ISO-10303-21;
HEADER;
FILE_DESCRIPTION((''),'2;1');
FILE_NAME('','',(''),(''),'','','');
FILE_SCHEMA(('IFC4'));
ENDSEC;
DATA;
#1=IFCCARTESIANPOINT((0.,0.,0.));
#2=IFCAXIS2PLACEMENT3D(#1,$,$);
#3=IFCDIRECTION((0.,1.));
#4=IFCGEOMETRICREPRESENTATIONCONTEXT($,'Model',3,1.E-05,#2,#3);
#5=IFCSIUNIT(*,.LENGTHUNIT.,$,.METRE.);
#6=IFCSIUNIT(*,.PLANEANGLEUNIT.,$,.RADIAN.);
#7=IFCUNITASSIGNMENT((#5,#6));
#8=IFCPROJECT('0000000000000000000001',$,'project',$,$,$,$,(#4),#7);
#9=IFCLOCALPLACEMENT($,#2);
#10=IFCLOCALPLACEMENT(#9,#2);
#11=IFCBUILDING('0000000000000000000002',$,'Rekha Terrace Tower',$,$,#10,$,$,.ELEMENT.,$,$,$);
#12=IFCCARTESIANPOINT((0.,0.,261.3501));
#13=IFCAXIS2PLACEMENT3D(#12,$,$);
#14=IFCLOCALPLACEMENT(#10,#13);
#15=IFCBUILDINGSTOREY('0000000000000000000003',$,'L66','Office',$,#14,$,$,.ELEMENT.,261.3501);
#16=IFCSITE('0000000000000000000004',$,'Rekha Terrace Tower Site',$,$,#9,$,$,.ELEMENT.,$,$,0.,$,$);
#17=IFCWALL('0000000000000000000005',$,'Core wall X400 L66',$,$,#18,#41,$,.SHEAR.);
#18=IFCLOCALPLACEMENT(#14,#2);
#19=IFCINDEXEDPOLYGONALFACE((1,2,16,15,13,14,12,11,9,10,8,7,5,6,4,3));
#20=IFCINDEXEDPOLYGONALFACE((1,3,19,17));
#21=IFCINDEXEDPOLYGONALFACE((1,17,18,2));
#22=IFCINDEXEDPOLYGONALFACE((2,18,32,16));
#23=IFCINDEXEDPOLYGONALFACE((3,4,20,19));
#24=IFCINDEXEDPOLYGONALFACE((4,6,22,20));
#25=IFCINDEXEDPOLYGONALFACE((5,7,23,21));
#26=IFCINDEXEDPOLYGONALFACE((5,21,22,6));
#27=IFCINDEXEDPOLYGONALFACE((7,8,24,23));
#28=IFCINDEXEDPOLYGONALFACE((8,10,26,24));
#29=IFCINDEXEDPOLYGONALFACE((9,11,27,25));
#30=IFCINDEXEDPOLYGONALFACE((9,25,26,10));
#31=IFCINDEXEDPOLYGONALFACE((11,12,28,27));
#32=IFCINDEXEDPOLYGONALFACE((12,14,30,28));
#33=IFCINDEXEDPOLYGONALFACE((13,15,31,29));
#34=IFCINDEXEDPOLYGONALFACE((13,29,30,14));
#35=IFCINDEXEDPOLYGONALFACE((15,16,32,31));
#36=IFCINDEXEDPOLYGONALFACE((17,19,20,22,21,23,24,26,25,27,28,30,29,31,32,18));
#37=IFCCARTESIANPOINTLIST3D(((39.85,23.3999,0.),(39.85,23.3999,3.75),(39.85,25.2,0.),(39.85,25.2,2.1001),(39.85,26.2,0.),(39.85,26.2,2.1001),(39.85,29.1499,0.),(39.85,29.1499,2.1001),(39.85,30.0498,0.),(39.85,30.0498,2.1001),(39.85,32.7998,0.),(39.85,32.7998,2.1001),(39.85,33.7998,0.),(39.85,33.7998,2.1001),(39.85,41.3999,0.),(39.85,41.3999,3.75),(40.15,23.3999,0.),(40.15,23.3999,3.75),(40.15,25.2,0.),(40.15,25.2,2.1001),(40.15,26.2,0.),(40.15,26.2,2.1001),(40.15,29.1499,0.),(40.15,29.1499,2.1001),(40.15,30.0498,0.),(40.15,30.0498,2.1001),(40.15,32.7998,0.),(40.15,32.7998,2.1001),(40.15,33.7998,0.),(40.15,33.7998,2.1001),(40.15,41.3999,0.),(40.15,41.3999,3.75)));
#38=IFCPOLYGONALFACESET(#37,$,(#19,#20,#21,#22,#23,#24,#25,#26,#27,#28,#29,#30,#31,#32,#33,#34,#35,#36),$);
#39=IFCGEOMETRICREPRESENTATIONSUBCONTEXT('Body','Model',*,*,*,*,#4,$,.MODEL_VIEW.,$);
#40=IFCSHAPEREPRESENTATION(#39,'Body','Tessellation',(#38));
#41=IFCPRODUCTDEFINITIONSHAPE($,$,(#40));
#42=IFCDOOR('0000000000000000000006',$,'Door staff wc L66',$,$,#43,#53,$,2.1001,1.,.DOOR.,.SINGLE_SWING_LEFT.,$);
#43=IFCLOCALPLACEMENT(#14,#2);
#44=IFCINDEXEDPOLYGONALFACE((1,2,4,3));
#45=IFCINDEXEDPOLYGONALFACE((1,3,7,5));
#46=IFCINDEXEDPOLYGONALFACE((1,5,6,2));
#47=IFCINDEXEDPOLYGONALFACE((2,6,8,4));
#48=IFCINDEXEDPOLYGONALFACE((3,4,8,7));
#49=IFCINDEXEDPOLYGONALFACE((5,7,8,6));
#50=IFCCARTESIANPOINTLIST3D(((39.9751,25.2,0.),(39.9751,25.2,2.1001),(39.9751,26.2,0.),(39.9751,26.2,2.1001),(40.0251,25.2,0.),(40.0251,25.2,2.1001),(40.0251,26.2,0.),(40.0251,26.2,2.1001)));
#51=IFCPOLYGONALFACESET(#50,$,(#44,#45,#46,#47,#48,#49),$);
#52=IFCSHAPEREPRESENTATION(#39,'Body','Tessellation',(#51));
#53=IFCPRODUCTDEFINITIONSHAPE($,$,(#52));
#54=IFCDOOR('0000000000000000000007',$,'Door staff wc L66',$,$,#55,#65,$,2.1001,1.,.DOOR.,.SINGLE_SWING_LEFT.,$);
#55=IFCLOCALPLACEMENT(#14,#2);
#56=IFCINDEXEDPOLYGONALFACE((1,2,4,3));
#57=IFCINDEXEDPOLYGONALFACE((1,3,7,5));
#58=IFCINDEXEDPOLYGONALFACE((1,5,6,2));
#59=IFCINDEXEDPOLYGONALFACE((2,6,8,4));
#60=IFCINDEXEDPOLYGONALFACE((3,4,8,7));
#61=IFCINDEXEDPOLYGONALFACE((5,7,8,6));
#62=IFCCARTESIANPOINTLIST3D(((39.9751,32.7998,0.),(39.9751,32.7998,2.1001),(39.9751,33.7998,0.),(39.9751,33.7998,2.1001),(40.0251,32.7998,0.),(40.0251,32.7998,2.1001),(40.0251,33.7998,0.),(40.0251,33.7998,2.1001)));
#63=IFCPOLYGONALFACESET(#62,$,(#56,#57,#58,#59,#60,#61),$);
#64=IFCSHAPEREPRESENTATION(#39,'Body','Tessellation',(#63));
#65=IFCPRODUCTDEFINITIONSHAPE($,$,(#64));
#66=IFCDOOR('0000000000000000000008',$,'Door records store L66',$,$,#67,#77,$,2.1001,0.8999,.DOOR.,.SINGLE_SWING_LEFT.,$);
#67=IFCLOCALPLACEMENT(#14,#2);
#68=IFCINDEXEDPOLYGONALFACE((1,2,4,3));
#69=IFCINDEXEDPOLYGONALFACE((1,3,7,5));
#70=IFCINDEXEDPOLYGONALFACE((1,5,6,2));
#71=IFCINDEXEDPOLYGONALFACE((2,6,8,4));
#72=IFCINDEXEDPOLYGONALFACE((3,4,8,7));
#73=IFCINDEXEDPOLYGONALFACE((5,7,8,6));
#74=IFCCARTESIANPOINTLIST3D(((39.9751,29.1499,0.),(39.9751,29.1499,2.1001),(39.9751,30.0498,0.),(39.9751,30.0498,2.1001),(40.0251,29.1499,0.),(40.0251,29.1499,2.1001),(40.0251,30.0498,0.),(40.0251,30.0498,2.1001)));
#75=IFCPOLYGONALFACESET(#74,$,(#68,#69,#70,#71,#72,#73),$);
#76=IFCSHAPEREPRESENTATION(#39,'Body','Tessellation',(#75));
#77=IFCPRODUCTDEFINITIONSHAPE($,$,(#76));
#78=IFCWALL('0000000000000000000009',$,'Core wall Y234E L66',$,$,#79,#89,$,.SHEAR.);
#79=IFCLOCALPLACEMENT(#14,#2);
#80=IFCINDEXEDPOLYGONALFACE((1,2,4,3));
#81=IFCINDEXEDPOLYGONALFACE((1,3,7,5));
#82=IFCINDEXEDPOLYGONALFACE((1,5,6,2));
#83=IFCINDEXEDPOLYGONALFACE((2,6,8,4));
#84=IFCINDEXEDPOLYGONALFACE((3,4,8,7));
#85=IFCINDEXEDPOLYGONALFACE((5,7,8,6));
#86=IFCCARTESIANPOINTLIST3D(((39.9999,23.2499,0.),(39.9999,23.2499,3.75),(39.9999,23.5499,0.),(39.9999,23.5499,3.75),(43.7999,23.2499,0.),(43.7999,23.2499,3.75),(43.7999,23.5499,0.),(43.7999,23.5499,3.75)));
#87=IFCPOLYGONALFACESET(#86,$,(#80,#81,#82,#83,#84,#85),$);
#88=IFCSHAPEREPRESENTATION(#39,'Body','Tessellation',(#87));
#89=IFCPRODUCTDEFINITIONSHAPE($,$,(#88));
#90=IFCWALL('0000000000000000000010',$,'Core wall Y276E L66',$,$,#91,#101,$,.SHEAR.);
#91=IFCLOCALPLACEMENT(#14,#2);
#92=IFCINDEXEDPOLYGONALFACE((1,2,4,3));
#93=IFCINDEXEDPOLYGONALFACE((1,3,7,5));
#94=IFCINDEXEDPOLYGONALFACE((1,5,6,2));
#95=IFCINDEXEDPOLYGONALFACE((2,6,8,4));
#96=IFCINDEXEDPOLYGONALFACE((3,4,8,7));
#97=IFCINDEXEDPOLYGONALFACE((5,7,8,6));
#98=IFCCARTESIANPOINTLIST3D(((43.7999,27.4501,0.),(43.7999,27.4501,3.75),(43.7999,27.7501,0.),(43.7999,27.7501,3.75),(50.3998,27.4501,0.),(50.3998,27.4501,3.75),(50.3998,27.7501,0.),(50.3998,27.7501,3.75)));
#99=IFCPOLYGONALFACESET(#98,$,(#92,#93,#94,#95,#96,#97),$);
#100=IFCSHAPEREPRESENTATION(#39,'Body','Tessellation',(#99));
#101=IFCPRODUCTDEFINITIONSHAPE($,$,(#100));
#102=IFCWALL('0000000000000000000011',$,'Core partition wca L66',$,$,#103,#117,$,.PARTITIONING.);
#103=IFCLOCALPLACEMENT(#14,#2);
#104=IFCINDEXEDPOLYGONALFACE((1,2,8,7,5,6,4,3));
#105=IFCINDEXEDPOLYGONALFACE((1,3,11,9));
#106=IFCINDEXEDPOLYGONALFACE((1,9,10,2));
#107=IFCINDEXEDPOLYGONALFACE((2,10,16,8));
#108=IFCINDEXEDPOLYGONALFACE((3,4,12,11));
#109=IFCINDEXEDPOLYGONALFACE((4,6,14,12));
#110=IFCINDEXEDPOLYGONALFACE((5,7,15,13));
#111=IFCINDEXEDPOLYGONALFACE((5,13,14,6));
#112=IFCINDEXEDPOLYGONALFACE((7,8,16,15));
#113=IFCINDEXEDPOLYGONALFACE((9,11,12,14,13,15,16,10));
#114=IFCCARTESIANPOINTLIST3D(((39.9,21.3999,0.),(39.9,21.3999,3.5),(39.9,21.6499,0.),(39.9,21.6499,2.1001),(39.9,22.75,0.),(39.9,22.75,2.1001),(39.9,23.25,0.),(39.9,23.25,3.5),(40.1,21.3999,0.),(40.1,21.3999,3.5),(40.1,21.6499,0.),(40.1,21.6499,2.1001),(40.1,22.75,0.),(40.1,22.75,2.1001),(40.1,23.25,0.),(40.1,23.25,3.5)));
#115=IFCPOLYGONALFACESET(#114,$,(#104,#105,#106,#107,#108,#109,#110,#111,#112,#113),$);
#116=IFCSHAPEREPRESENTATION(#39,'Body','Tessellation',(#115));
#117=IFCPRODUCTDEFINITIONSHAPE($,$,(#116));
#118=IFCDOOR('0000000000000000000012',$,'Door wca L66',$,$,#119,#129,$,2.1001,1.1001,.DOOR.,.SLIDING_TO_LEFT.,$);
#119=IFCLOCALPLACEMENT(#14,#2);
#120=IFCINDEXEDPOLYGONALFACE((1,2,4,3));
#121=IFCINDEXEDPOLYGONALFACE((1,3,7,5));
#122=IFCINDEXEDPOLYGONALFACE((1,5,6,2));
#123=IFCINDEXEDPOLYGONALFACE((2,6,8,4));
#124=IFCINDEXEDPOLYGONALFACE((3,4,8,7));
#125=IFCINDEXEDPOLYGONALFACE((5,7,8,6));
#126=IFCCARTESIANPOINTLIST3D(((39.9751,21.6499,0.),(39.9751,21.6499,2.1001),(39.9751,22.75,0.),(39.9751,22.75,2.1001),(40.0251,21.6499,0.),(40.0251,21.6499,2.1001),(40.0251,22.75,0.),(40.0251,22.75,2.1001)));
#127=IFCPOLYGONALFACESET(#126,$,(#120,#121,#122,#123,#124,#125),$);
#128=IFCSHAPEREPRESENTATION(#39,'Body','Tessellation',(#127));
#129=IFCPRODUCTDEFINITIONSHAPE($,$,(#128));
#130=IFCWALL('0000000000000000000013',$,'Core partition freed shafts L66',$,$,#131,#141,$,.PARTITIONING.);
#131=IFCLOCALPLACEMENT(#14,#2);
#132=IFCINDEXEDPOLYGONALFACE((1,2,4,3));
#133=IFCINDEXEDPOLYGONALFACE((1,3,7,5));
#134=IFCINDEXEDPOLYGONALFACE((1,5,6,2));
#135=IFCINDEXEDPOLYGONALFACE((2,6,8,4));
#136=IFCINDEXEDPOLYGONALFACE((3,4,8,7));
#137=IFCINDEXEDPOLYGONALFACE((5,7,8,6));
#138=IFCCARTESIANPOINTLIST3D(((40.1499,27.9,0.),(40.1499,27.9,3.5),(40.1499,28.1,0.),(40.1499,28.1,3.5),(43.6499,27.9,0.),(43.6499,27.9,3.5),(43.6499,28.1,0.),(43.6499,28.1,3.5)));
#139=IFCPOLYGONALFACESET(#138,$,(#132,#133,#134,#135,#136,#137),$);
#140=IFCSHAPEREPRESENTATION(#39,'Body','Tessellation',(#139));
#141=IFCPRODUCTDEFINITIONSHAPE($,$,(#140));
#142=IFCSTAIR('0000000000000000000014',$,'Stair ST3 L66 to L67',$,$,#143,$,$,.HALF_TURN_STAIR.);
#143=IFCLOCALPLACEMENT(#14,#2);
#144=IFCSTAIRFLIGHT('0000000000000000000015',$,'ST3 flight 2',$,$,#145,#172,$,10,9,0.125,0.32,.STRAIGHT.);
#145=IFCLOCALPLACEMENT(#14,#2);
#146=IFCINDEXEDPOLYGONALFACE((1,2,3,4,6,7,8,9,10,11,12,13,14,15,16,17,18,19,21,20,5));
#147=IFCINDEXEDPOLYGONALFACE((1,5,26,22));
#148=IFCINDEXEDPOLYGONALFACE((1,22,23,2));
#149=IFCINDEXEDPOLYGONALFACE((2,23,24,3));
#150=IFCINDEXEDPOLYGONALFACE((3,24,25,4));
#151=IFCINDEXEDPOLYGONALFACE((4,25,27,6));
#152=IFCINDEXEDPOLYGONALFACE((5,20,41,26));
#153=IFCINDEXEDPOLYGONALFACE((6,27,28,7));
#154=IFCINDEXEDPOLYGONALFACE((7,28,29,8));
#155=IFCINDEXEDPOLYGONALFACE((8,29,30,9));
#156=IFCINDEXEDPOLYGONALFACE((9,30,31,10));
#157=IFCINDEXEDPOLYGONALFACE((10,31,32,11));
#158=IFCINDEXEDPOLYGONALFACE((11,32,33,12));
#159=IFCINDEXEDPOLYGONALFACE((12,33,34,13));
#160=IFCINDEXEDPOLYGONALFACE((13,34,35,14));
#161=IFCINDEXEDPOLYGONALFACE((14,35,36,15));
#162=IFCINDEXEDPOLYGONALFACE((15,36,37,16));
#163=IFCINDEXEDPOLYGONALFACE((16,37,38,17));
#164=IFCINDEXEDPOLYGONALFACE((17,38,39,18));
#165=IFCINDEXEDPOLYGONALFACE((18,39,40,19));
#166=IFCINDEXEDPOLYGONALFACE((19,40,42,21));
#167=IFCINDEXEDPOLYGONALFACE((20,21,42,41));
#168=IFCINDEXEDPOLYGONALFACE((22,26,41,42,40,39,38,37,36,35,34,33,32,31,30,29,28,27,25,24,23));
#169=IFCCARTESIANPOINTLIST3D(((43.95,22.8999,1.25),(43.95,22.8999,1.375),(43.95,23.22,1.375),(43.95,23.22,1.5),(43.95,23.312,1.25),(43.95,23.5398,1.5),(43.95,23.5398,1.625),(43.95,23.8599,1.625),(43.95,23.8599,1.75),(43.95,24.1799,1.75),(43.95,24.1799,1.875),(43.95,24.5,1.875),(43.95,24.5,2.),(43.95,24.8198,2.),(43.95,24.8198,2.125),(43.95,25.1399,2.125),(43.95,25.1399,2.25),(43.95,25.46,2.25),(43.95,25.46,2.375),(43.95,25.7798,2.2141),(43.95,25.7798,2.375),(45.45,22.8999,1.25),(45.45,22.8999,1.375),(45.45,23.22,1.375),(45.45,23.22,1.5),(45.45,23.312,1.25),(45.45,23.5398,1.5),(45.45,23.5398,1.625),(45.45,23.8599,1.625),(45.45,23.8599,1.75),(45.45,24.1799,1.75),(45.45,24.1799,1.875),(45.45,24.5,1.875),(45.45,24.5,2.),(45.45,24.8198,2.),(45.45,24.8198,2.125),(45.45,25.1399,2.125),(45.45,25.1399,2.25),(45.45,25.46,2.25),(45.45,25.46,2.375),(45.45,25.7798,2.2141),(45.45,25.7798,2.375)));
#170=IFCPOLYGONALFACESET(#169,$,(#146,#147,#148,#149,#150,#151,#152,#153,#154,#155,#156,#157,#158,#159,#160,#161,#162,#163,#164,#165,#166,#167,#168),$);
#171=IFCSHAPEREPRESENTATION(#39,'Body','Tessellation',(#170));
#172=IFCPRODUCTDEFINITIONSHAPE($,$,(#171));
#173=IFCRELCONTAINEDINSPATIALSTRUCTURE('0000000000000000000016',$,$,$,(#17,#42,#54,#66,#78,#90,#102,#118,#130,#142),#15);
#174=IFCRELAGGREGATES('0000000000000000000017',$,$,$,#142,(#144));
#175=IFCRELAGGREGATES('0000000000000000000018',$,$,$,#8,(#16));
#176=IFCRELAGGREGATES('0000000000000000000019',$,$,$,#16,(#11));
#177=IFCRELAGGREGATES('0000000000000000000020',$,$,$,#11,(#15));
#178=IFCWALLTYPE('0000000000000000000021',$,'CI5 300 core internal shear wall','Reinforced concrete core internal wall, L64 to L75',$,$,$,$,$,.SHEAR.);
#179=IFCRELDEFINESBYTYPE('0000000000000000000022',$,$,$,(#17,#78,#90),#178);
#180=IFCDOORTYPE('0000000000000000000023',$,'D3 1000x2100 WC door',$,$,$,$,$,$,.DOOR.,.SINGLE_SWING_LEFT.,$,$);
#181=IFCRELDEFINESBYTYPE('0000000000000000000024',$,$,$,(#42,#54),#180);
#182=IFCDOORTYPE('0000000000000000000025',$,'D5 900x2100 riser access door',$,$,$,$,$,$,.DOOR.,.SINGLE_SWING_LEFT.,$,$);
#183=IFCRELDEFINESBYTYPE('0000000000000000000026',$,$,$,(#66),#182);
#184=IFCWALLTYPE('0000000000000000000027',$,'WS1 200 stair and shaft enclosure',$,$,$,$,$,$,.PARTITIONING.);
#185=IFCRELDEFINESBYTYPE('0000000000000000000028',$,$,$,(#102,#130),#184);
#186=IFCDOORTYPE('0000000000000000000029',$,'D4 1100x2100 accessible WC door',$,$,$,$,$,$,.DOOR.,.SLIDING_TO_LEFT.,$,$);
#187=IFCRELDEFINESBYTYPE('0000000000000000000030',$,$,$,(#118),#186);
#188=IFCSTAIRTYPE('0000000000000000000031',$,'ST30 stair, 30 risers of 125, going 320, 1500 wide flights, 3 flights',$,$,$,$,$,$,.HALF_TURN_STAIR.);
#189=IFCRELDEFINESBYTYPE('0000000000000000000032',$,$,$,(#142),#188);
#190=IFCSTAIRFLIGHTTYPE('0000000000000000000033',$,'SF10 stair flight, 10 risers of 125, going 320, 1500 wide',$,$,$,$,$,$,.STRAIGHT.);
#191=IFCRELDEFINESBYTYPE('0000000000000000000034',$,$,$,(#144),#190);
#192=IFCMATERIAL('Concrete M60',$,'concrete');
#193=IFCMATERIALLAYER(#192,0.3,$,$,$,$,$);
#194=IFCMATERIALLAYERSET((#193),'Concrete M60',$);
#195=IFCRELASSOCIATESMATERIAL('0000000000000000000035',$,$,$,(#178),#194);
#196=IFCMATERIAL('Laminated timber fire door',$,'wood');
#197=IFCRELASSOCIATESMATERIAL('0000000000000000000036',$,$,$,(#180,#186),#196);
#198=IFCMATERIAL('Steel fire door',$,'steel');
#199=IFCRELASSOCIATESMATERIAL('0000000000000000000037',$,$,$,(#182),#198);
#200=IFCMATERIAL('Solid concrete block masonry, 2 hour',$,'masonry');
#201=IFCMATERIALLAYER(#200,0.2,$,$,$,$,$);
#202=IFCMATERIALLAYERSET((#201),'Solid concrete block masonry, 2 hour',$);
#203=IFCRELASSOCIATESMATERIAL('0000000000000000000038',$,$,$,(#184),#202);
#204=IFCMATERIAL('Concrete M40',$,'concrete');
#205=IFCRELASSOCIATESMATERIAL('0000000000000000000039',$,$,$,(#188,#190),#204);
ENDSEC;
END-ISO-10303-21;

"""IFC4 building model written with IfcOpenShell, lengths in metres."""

from ifc_helpers import new_model, si_unit, direction, frame, frame_2d, origin, place, context, subcontext, project, spatial, polyline, rectangle, outline, extrude, material, layer, layer_set, type_object, element, fill, aggregate, save


model = new_model("IFC4")

# Units and contexts
model_context = context("Model", 3, precision=1e-05, world=origin(), true_north=direction((0.0, 1.0)))
body_context = subcontext(model_context, "Body", "Model", "MODEL_VIEW")
ifc_project = project(units=[si_unit("LENGTHUNIT", "METRE"), si_unit("PLANEANGLEUNIT", "RADIAN")], contexts=[model_context])

# Site, building, storey
site_placement = place(None, origin())
site = spatial("IfcSite", under=ifc_project, at=site_placement, Name="Rekha Terrace Tower Site", CompositionType="ELEMENT", RefElevation=0.0)
building_placement = place(site_placement, origin())
building = spatial("IfcBuilding", under=site, at=building_placement, Name="Rekha Terrace Tower", CompositionType="ELEMENT")
storey_placement = place(building_placement, frame((0.0, 0.0, 261.3501)))
storey = spatial("IfcBuildingStorey", under=building, at=storey_placement, Name="L66", Description="Office", CompositionType="ELEMENT", Elevation=261.3501)

# Shared definitions
ifc_material_1 = material(Name="Concrete M60", Category="concrete")

# Shared definitions
ifc_layer_1 = layer(ifc_material_1, 0.3)
ifc_layer_set_1 = layer_set([ifc_layer_1], Name="Concrete M60")
wall_type_1 = type_object("IfcWallType", Name="CI5 300 core internal shear wall", Description="Reinforced concrete core internal wall, L64 to L75", PredefinedType="SHEAR", material=ifc_layer_set_1)

# Wall, openings, doors
wall_1_placement = place(storey_placement, frame((40.0, 23.3999, 0.0), z_axis=(0.0, 0.0, 1.0), x_axis=(0.0, 1.0, 0.0)))
wall_1 = element("IfcWall", 1, at=wall_1_placement, inside=storey, type_object=wall_type_1, Name="Core wall X400 L66", PredefinedType="SHEAR", context=body_context, shape_type="SweptSolid", body=[
    extrude(rectangle(XDim=18.0, YDim=0.3, at=frame_2d((9.0, 0.0))), origin(), (0.0, 0.0, 1.0), 3.75),
])
opening_1_placement = place(wall_1_placement, frame((1.8, 0.0, 0.0)))
opening_1 = element("IfcOpeningElement", 2, at=opening_1_placement, cuts=wall_1, PredefinedType="OPENING", context=body_context, shape_type="SweptSolid", body=[
    extrude(rectangle(XDim=1.0, YDim=2.1001, at=frame_2d((0.5, 1.05))), frame((0.0, 0.1599, 0.0), z_axis=(0.0, -1.0, 0.0), x_axis=(1.0, 0.0, 0.0)), (0.0, 0.0, 1.0), 0.3201),
])
opening_2_placement = place(wall_1_placement, frame((5.75, 0.0, 0.0)))
opening_2 = element("IfcOpeningElement", 3, at=opening_2_placement, cuts=wall_1, PredefinedType="OPENING", context=body_context, shape_type="SweptSolid", body=[
    extrude(rectangle(XDim=0.8999, YDim=2.1001, at=frame_2d((0.45, 1.05))), frame((0.0, 0.1599, 0.0), z_axis=(0.0, -1.0, 0.0), x_axis=(1.0, 0.0, 0.0)), (0.0, 0.0, 1.0), 0.3201),
])
opening_3_placement = place(wall_1_placement, frame((9.3999, 0.0, 0.0)))
opening_3 = element("IfcOpeningElement", 4, at=opening_3_placement, cuts=wall_1, PredefinedType="OPENING", context=body_context, shape_type="SweptSolid", body=[
    extrude(rectangle(XDim=1.0, YDim=2.1001, at=frame_2d((0.5, 1.05))), frame((0.0, 0.1599, 0.0), z_axis=(0.0, -1.0, 0.0), x_axis=(1.0, 0.0, 0.0)), (0.0, 0.0, 1.0), 0.3201),
])
ifc_material_2 = material(Name="Laminated timber fire door", Category="wood")
door_type_1 = type_object("IfcDoorType", Name="D3 1000x2100 WC door", OperationType="SINGLE_SWING_LEFT", PredefinedType="DOOR", material=ifc_material_2)
door_1_placement = place(opening_1_placement, origin())
door_1 = element("IfcDoor", 5, at=door_1_placement, inside=storey, type_object=door_type_1, Name="Door staff wc L66", OperationType="SINGLE_SWING_LEFT", OverallHeight=2.1001, OverallWidth=1.0, PredefinedType="DOOR", context=body_context, shape_type="SweptSolid", body=[
    extrude(rectangle(XDim=1.0, YDim=2.1001, at=frame_2d((0.5, 1.05))), frame((0.0, 0.0249, 0.0), z_axis=(0.0, -1.0, 0.0), x_axis=(1.0, 0.0, 0.0)), (0.0, 0.0, 1.0), 0.05),
])
fill(opening_1, door_1)
door_2_placement = place(opening_3_placement, origin())
door_2 = element("IfcDoor", 6, at=door_2_placement, inside=storey, type_object=door_type_1, Name="Door staff wc L66", OperationType="SINGLE_SWING_LEFT", OverallHeight=2.1001, OverallWidth=1.0, PredefinedType="DOOR", context=body_context, shape_type="SweptSolid", body=[
    extrude(rectangle(XDim=1.0, YDim=2.1001, at=frame_2d((0.5, 1.05))), frame((0.0, 0.0249, 0.0), z_axis=(0.0, -1.0, 0.0), x_axis=(1.0, 0.0, 0.0)), (0.0, 0.0, 1.0), 0.05),
])
fill(opening_3, door_2)
ifc_material_3 = material(Name="Steel fire door", Category="steel")
door_type_2 = type_object("IfcDoorType", Name="D5 900x2100 riser access door", OperationType="SINGLE_SWING_LEFT", PredefinedType="DOOR", material=ifc_material_3)
door_3_placement = place(opening_2_placement, origin())
door_3 = element("IfcDoor", 7, at=door_3_placement, inside=storey, type_object=door_type_2, Name="Door records store L66", OperationType="SINGLE_SWING_LEFT", OverallHeight=2.1001, OverallWidth=0.8999, PredefinedType="DOOR", context=body_context, shape_type="SweptSolid", body=[
    extrude(rectangle(XDim=0.8999, YDim=2.1001, at=frame_2d((0.45, 1.05))), frame((0.0, 0.0249, 0.0), z_axis=(0.0, -1.0, 0.0), x_axis=(1.0, 0.0, 0.0)), (0.0, 0.0, 1.0), 0.05),
])
fill(opening_2, door_3)

# Walls
wall_2_placement = place(storey_placement, frame((40.0, 23.3999, 0.0), z_axis=(0.0, 0.0, 1.0), x_axis=(1.0, 0.0, 0.0)))
element("IfcWall", 8, at=wall_2_placement, inside=storey, type_object=wall_type_1, Name="Core wall Y234E L66", PredefinedType="SHEAR", context=body_context, shape_type="SweptSolid", body=[
    extrude(rectangle(XDim=3.8, YDim=0.3, at=frame_2d((1.8999, 0.0))), origin(), (0.0, 0.0, 1.0), 3.75),
])
wall_3_placement = place(storey_placement, frame((43.8, 27.6001, 0.0), z_axis=(0.0, 0.0, 1.0), x_axis=(1.0, 0.0, 0.0)))
element("IfcWall", 9, at=wall_3_placement, inside=storey, type_object=wall_type_1, Name="Core wall Y276E L66", PredefinedType="SHEAR", context=body_context, shape_type="SweptSolid", body=[
    extrude(rectangle(XDim=6.5999, YDim=0.3, at=frame_2d((3.2998, 0.0))), origin(), (0.0, 0.0, 1.0), 3.75),
])

# Wall, opening, door
ifc_material_4 = material(Name="Solid concrete block masonry, 2 hour", Category="masonry")
ifc_layer_2 = layer(ifc_material_4, 0.2)
ifc_layer_set_2 = layer_set([ifc_layer_2], Name="Solid concrete block masonry, 2 hour")
wall_type_2 = type_object("IfcWallType", Name="WS1 200 stair and shaft enclosure", PredefinedType="PARTITIONING", material=ifc_layer_set_2)
wall_4_placement = place(storey_placement, frame((40.0, 21.3999, 0.0), z_axis=(0.0, 0.0, 1.0), x_axis=(0.0, 1.0, 0.0)))
wall_4 = element("IfcWall", 10, at=wall_4_placement, inside=storey, type_object=wall_type_2, Name="Core partition wca L66", PredefinedType="PARTITIONING", context=body_context, shape_type="SweptSolid", body=[
    extrude(rectangle(XDim=1.8501, YDim=0.2, at=frame_2d((0.925, 0.0))), origin(), (0.0, 0.0, 1.0), 3.5),
])
opening_4_placement = place(wall_4_placement, frame((0.25, 0.0, 0.0)))
opening_4 = element("IfcOpeningElement", 11, at=opening_4_placement, cuts=wall_4, PredefinedType="OPENING", context=body_context, shape_type="SweptSolid", body=[
    extrude(rectangle(XDim=1.1001, YDim=2.1001, at=frame_2d((0.55, 1.05))), frame((0.0, 0.1099, 0.0), z_axis=(0.0, -1.0, 0.0), x_axis=(1.0, 0.0, 0.0)), (0.0, 0.0, 1.0), 0.22),
])
door_type_3 = type_object("IfcDoorType", Name="D4 1100x2100 accessible WC door", OperationType="SLIDING_TO_LEFT", PredefinedType="DOOR", material=ifc_material_2)
door_4_placement = place(opening_4_placement, origin())
door_4 = element("IfcDoor", 12, at=door_4_placement, inside=storey, type_object=door_type_3, Name="Door wca L66", OperationType="SLIDING_TO_LEFT", OverallHeight=2.1001, OverallWidth=1.1001, PredefinedType="DOOR", context=body_context, shape_type="SweptSolid", body=[
    extrude(rectangle(XDim=1.1001, YDim=2.1001, at=frame_2d((0.55, 1.05))), frame((0.0, 0.0249, 0.0), z_axis=(0.0, -1.0, 0.0), x_axis=(1.0, 0.0, 0.0)), (0.0, 0.0, 1.0), 0.05),
])
fill(opening_4, door_4)

# Wall
wall_5_placement = place(storey_placement, frame((40.1499, 28.0, 0.0), z_axis=(0.0, 0.0, 1.0), x_axis=(1.0, 0.0, 0.0)))
element("IfcWall", 13, at=wall_5_placement, inside=storey, type_object=wall_type_2, Name="Core partition freed shafts L66", PredefinedType="PARTITIONING", context=body_context, shape_type="SweptSolid", body=[
    extrude(rectangle(XDim=3.5, YDim=0.2, at=frame_2d((1.75, 0.0))), origin(), (0.0, 0.0, 1.0), 3.5),
])

# Stair, stair flight
ifc_material_5 = material(Name="Concrete M40", Category="concrete")
stair_type = type_object("IfcStairType", Name="ST30 stair, 30 risers of 125, going 320, 1500 wide flights, 3 flights", PredefinedType="HALF_TURN_STAIR", material=ifc_material_5)
stair_placement = place(storey_placement, origin())
stair = element("IfcStair", 14, at=stair_placement, inside=storey, type_object=stair_type, Name="Stair ST3 L66 to L67", PredefinedType="HALF_TURN_STAIR")
stair_flight_type = type_object("IfcStairFlightType", Name="SF10 stair flight, 10 risers of 125, going 320, 1500 wide", PredefinedType="STRAIGHT", material=ifc_material_5)
stair_flight_placement = place(storey_placement, frame((44.7, 22.8999, 1.25), z_axis=(0.0, 0.0, 1.0), x_axis=(0.0, 1.0, 0.0)))
stair_flight = element("IfcStairFlight", 15, at=stair_flight_placement, type_object=stair_flight_type, Name="ST3 flight 2", NumberOfRisers=10, NumberOfTreads=9, PredefinedType="STRAIGHT", RiserHeight=0.125, TreadLength=0.32, context=body_context, shape_type="SweptSolid", body=[
    extrude(outline(polyline([(0.0, 0.0), (0.0, 0.125), (0.3201, 0.125), (0.3201, 0.25), (0.6399, 0.25), (0.6399, 0.375), (0.96, 0.375), (0.96, 0.5), (1.28, 0.5), (1.28, 0.625), (1.6001, 0.625), (1.6001, 0.75), (1.9199, 0.75), (1.9199, 0.875), (2.24, 0.875), (2.24, 1.0), (2.5601, 1.0), (2.5601, 1.125), (2.8799, 1.125), (2.8799, 1.25), (2.8799, 0.9641), (0.4121, 0.0), (0.0, 0.0)])), frame((0.0, 0.75, 0.0), z_axis=(0.0, -1.0, 0.0), x_axis=(1.0, 0.0, 0.0)), (0.0, 0.0, 1.0), 1.5),
])
aggregate(stair, [stair_flight])

save(model, "model.ifc")
